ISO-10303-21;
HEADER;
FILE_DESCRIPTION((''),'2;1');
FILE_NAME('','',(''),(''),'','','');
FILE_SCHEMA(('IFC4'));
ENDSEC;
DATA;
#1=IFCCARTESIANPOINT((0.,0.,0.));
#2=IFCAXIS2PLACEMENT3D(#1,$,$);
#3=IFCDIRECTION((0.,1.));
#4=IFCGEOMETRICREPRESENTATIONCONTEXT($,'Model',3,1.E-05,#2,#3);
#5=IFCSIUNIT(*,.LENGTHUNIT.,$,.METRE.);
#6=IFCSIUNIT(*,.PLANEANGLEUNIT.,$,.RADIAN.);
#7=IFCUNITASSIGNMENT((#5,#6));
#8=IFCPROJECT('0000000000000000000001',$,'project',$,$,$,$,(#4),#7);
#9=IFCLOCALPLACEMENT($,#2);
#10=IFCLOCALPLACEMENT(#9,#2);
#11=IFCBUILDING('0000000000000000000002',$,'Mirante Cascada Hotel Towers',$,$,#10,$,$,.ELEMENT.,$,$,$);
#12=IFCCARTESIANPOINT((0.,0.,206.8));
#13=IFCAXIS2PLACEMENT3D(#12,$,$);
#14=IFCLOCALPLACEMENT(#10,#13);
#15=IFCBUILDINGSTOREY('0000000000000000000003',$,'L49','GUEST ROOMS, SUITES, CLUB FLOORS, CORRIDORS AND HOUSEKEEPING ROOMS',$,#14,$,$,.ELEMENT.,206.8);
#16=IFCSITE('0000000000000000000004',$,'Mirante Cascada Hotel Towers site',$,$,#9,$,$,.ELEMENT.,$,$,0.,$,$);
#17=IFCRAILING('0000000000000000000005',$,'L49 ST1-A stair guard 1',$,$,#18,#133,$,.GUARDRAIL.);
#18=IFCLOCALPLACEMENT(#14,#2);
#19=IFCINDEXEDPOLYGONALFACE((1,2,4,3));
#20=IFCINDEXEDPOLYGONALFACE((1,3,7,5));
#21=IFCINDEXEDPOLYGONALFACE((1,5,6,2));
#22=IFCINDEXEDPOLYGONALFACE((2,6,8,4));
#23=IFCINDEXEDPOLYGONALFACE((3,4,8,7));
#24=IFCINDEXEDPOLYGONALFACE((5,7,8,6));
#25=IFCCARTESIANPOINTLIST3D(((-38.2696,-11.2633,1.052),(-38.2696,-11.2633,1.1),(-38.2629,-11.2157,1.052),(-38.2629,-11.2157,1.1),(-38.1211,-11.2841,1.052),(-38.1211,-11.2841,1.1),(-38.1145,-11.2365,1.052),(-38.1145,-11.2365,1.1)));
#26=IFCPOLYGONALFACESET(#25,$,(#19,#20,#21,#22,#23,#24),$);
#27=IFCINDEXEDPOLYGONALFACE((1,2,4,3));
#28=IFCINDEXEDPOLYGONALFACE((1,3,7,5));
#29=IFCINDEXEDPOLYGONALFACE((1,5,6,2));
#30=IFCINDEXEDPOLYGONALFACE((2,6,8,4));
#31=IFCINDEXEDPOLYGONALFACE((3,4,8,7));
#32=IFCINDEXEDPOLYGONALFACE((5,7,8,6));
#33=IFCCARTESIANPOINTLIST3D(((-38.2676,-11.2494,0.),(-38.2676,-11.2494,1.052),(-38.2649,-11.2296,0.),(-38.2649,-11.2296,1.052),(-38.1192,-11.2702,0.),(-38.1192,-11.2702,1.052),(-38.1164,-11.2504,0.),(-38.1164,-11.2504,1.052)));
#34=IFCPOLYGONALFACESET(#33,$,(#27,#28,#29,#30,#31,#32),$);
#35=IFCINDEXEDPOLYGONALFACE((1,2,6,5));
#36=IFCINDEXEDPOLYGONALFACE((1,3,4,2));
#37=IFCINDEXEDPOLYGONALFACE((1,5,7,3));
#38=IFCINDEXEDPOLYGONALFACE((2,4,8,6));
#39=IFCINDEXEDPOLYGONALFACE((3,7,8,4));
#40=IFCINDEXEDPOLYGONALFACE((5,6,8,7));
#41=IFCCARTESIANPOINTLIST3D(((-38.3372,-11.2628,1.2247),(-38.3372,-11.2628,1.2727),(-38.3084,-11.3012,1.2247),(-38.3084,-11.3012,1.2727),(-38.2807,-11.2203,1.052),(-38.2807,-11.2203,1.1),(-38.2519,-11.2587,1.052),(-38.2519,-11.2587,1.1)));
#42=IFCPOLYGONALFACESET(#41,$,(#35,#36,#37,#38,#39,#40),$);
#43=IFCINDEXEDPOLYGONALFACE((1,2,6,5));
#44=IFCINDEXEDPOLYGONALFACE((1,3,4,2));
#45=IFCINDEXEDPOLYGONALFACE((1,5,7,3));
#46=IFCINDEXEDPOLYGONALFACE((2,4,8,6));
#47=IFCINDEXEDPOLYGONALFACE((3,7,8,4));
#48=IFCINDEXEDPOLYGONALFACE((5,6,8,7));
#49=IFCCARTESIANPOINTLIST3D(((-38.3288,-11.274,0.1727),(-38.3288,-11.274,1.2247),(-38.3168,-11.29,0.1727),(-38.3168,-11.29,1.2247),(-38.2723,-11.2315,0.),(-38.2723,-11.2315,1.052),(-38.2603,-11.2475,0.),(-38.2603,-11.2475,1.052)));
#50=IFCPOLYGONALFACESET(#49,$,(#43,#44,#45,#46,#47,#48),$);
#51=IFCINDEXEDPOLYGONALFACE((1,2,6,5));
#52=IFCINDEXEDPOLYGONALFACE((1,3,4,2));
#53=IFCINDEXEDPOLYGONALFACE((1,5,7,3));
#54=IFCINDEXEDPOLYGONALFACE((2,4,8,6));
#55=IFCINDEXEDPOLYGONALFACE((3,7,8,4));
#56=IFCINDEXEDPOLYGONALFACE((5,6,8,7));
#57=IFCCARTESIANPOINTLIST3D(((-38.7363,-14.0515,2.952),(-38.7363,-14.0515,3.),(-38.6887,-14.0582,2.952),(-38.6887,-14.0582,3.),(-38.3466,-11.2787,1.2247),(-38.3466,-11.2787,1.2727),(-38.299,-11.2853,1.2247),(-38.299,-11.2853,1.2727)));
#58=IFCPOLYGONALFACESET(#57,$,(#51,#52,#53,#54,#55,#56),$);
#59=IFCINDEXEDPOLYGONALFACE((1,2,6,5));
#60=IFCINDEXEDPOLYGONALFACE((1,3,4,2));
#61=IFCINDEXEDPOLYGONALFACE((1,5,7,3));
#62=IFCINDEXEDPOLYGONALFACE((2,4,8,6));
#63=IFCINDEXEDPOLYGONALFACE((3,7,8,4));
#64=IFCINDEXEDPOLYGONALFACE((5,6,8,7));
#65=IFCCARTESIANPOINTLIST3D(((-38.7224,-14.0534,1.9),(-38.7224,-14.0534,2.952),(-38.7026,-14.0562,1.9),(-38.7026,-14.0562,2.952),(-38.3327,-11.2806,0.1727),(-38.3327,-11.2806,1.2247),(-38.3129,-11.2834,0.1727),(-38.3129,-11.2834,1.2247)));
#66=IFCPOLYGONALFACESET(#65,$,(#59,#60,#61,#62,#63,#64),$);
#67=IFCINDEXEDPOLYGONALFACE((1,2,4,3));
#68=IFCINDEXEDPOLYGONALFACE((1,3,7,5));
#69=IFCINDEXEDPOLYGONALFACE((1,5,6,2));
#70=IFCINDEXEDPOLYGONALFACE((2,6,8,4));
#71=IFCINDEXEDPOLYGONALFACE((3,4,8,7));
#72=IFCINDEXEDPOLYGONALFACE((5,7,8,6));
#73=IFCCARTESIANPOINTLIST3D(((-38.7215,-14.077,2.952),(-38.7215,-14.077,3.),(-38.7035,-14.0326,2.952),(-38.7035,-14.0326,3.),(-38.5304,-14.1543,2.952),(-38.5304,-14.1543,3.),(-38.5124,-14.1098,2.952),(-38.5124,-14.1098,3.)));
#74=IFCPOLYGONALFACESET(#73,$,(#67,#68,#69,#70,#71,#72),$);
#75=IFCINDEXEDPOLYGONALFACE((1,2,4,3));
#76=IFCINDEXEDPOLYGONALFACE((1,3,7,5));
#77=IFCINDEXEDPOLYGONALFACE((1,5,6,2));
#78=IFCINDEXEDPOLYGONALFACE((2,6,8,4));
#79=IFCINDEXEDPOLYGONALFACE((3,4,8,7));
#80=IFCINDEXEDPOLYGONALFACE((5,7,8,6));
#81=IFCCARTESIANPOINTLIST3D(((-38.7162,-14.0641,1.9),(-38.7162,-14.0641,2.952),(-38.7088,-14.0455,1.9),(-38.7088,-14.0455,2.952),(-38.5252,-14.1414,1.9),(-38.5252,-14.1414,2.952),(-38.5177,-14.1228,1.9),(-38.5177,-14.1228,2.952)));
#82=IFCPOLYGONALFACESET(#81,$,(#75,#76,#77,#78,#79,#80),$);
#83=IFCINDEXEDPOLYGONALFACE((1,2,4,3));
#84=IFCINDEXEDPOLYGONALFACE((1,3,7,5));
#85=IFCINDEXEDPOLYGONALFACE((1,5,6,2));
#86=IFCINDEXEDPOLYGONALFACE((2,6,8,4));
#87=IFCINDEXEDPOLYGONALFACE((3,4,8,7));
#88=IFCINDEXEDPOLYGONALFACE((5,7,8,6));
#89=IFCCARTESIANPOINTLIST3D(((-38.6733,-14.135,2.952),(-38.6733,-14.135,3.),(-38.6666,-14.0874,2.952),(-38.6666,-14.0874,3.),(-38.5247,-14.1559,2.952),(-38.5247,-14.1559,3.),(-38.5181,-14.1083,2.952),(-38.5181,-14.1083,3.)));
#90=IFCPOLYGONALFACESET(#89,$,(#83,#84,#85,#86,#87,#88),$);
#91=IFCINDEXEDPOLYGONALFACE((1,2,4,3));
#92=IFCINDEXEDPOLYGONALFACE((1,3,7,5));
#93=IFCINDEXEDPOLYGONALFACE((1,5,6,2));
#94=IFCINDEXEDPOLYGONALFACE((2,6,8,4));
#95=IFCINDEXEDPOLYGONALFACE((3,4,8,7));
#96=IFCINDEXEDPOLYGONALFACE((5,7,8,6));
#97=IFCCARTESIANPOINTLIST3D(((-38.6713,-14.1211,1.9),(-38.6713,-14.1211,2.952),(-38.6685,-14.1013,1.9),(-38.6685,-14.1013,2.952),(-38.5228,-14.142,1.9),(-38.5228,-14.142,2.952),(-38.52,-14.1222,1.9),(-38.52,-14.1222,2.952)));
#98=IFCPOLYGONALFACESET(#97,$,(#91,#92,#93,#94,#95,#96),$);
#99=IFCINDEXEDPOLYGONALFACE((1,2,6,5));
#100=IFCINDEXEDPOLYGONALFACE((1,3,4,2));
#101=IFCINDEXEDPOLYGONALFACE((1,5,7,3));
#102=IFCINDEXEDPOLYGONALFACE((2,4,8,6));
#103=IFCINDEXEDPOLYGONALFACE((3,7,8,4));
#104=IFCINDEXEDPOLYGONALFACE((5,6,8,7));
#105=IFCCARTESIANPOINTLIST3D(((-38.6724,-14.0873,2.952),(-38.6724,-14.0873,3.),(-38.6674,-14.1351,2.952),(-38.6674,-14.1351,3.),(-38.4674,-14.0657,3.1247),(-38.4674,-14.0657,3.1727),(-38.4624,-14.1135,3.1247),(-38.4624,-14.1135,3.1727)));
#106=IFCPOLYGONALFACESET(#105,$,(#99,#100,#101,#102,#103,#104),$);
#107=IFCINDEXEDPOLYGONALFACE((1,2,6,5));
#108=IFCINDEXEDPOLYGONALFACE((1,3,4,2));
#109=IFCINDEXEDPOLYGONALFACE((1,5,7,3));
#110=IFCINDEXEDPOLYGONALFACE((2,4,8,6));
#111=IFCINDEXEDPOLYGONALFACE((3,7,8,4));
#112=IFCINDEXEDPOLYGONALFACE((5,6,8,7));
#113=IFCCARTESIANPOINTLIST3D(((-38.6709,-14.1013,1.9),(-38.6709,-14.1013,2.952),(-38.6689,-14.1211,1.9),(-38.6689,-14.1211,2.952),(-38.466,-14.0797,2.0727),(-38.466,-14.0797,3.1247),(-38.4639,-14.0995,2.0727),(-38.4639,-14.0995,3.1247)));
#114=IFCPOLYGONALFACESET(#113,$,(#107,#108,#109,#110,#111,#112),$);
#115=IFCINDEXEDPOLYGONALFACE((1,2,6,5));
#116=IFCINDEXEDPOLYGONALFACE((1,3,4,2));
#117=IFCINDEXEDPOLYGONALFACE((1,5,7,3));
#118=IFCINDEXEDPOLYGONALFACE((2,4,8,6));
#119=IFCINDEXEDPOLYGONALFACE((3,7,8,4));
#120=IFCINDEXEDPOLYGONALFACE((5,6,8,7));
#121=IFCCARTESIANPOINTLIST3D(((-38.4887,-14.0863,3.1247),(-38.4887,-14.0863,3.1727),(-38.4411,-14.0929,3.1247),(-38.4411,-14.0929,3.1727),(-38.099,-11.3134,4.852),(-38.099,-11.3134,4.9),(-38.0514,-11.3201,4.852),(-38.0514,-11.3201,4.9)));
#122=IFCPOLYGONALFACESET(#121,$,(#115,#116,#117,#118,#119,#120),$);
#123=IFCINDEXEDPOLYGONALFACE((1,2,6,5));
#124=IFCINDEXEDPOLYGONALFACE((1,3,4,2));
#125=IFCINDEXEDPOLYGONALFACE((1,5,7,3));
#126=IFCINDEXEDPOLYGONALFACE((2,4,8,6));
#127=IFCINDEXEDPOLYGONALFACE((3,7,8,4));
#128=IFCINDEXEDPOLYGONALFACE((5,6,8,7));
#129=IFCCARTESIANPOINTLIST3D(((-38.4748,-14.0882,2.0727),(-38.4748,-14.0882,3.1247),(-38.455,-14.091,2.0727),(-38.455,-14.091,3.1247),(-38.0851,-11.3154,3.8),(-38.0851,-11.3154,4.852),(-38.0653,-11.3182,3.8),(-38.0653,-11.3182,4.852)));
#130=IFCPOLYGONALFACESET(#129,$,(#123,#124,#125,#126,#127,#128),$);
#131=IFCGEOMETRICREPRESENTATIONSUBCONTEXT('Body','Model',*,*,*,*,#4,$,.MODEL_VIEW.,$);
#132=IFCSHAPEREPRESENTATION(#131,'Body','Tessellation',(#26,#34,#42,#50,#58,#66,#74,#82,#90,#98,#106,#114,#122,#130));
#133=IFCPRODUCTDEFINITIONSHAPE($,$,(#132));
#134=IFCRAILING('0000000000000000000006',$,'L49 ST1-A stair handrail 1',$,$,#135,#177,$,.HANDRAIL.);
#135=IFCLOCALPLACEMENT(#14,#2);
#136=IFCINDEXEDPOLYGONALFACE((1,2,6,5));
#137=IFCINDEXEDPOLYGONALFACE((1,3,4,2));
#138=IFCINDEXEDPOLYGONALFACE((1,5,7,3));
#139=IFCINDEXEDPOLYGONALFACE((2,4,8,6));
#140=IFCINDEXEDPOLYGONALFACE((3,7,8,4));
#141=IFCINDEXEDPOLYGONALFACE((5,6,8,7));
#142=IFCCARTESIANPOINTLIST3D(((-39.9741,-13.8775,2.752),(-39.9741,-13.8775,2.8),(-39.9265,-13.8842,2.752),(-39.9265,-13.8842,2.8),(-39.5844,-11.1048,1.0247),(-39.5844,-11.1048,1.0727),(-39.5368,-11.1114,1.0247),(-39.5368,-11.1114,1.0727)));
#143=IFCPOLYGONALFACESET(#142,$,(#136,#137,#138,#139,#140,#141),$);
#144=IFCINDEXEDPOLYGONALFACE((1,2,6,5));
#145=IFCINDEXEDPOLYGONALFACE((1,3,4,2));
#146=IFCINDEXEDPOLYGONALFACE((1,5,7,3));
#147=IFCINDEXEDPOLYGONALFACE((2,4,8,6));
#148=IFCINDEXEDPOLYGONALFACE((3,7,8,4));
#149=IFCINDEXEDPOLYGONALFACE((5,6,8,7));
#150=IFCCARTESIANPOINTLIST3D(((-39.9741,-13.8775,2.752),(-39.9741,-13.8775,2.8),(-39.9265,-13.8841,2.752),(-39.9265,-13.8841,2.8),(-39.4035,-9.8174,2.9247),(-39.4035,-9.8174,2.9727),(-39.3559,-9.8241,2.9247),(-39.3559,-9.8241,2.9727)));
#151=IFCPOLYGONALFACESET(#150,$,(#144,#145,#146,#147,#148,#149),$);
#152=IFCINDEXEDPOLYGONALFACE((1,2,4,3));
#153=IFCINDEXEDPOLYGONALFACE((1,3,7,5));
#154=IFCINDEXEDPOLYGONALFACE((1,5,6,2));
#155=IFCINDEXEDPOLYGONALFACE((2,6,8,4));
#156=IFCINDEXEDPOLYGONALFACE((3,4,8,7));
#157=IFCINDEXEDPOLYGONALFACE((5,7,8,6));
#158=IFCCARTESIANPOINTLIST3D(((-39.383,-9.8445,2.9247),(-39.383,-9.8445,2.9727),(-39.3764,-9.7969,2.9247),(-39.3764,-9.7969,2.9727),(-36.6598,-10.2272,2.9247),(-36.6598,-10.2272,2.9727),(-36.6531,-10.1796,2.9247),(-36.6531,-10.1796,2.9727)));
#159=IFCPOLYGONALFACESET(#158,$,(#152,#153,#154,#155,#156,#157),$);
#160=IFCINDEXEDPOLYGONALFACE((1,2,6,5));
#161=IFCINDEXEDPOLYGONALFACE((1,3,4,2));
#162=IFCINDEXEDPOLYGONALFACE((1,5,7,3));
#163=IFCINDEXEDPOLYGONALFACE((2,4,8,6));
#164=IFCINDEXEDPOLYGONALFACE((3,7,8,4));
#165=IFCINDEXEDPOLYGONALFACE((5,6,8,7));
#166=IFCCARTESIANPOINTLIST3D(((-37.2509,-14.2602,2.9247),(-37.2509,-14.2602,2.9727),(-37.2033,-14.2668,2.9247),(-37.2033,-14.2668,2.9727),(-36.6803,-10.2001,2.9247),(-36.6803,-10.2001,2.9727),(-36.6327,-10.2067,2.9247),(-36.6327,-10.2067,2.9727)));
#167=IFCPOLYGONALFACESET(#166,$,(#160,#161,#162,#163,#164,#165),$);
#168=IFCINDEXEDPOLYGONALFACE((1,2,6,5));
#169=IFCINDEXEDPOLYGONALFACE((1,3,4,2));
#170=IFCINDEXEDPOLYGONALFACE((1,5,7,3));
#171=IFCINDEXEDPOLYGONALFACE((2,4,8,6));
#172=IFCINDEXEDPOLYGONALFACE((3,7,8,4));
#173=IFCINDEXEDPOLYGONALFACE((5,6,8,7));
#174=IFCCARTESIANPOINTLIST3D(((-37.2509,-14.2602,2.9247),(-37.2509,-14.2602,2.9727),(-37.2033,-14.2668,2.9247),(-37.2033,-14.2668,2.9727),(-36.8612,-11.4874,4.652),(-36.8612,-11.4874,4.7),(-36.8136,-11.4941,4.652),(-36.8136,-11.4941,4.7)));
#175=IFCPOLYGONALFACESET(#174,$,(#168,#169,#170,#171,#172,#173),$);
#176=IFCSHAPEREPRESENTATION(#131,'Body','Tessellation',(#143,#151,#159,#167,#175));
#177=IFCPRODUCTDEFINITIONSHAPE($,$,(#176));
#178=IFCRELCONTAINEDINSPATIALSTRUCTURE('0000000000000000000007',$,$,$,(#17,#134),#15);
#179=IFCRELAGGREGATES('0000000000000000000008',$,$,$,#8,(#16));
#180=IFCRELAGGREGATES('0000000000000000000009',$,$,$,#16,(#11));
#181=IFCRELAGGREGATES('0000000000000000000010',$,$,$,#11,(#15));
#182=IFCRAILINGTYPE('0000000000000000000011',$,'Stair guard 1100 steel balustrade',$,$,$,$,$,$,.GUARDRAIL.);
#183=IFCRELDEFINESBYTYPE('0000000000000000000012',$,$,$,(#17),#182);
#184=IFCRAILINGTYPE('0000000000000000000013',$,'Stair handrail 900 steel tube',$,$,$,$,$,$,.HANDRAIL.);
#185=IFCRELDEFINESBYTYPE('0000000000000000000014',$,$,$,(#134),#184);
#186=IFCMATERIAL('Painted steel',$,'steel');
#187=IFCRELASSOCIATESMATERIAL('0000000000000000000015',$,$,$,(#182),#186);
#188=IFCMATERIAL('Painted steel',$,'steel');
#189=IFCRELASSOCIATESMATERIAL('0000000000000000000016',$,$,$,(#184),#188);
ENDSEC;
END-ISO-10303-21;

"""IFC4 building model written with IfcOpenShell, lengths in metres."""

from ifc_helpers import new_model, si_unit, direction, frame, origin, origin_2d, place, context, subcontext, project, spatial, rectangle, extrude, material, type_object, element, save


model = new_model("IFC4")

# Units and contexts
model_context = context("Model", 3, precision=1e-05, world=origin(), true_north=direction((0.0, 1.0)))
body_context = subcontext(model_context, "Body", "Model", "MODEL_VIEW")
ifc_project = project(units=[si_unit("LENGTHUNIT", "METRE"), si_unit("PLANEANGLEUNIT", "RADIAN")], contexts=[model_context])

# Site, building, storey
site_placement = place(None, origin())
site = spatial("IfcSite", under=ifc_project, at=site_placement, Name="Mirante Cascada Hotel Towers site", CompositionType="ELEMENT", RefElevation=0.0)
building_placement = place(site_placement, origin())
building = spatial("IfcBuilding", under=site, at=building_placement, Name="Mirante Cascada Hotel Towers", CompositionType="ELEMENT")
storey_placement = place(building_placement, frame((0.0, 0.0, 206.8)))
storey = spatial("IfcBuildingStorey", under=building, at=storey_placement, Name="L49", Description="GUEST ROOMS, SUITES, CLUB FLOORS, CORRIDORS AND HOUSEKEEPING ROOMS", CompositionType="ELEMENT", Elevation=206.8)

# Railings
ifc_material_1 = material(Name="Painted steel", Category="steel")
railing_type_1 = type_object("IfcRailingType", Name="Stair guard 1100 steel balustrade", PredefinedType="GUARDRAIL", material=ifc_material_1)
railing_1_placement = place(storey_placement, frame((-38.1178, -11.2603, 0.0)))
element("IfcRailing", 1, at=railing_1_placement, inside=storey, type_object=railing_type_1, Name="L49 ST1-A stair guard 1", PredefinedType="GUARDRAIL", context=body_context, shape_type="SweptSolid", body=[
    extrude(rectangle(XDim=0.048, YDim=0.048, at=origin_2d()), frame((0.0, 0.0, 1.076), z_axis=(-0.990333, 0.138713, 0.0), x_axis=(-0.138713, -0.990333, 0.0)), (0.0, 0.0, 1.0), 0.1499),
    extrude(rectangle(XDim=0.02, YDim=1.052, at=origin_2d()), frame((0.0, 0.0, 0.526), z_axis=(-0.990333, 0.138713, 0.0), x_axis=(-0.138713, -0.990333, 0.0)), (0.0, 0.0, 1.0), 0.1499),
    extrude(rectangle(XDim=0.048, YDim=0.048, at=origin_2d()), frame((-0.1485, 0.0208, 1.076), z_axis=(-0.79915, -0.601131, 0.0), x_axis=(0.601131, -0.79915, 0.0)), (0.0, 0.925453, 0.378863), 0.1866),
    extrude(rectangle(XDim=0.02, YDim=1.052, at=origin_2d()), frame((-0.1485, 0.0208, 0.526), z_axis=(-0.79915, -0.601131, 0.0), x_axis=(0.601131, -0.79915, 0.0)), (0.0, 0.925453, 0.378863), 0.1866),
    extrude(rectangle(XDim=0.048, YDim=0.048, at=origin_2d()), frame((-0.205, -0.0217, 1.2487), z_axis=(-0.139176, -0.990268, 0.0), x_axis=(0.990268, -0.139176, 0.0)), (0.0, 0.525021, 0.851089), 3.29),
    extrude(rectangle(XDim=0.02, YDim=1.052, at=origin_2d()), frame((-0.205, -0.0217, 0.6987), z_axis=(-0.139176, -0.990268, 0.0), x_axis=(0.990268, -0.139176, 0.0)), (0.0, 0.525021, 0.851089), 3.29),
    extrude(rectangle(XDim=0.048, YDim=0.048, at=origin_2d()), frame((-0.5947, -2.7945, 2.976), z_axis=(0.927031, -0.374984, 0.0), x_axis=(0.374984, 0.927031, 0.0)), (0.0, 0.0, 1.0), 0.2061),
    extrude(rectangle(XDim=0.02, YDim=1.052, at=origin_2d()), frame((-0.5947, -2.7945, 2.426), z_axis=(0.927031, -0.374984, 0.0), x_axis=(0.374984, 0.927031, 0.0)), (0.0, 0.0, 1.0), 0.2061),
    extrude(rectangle(XDim=0.048, YDim=0.048, at=origin_2d()), frame((-0.4036, -2.8718, 2.976), z_axis=(-0.990241, 0.139367, 0.0), x_axis=(-0.139367, -0.990241, 0.0)), (0.0, 0.0, 1.0), 0.15),
    extrude(rectangle(XDim=0.02, YDim=1.052, at=origin_2d()), frame((-0.4036, -2.8718, 2.426), z_axis=(-0.990241, 0.139367, 0.0), x_axis=(-0.139367, -0.990241, 0.0)), (0.0, 0.0, 1.0), 0.15),
    extrude(rectangle(XDim=0.048, YDim=0.048, at=origin_2d()), frame((-0.5521, -2.8509, 2.976), z_axis=(0.994495, 0.104786, 0.0), x_axis=(-0.104786, 0.994495, 0.0)), (0.0, 0.642203, 0.766534), 0.2689),
    extrude(rectangle(XDim=0.02, YDim=1.052, at=origin_2d()), frame((-0.5521, -2.8509, 2.426), z_axis=(0.994495, 0.104786, 0.0), x_axis=(-0.104786, 0.994495, 0.0)), (0.0, 0.642203, 0.766534), 0.2689),
    extrude(rectangle(XDim=0.048, YDim=0.048, at=origin_2d()), frame((-0.3471, -2.8293, 3.1487), z_axis=(0.139176, 0.990268, 0.0), x_axis=(-0.990268, 0.139176, 0.0)), (0.0, 0.525021, 0.851089), 3.29),
    extrude(rectangle(XDim=0.02, YDim=1.052, at=origin_2d()), frame((-0.3471, -2.8293, 2.5987), z_axis=(0.139176, 0.990268, 0.0), x_axis=(-0.990268, 0.139176, 0.0)), (0.0, 0.525021, 0.851089), 3.29),
])
ifc_material_2 = material(Name="Painted steel", Category="steel")
railing_type_2 = type_object("IfcRailingType", Name="Stair handrail 900 steel tube", PredefinedType="HANDRAIL", material=ifc_material_2)
railing_2_placement = place(storey_placement, frame((-39.5606, -11.1081, 0.1727)))
element("IfcRailing", 2, at=railing_2_placement, inside=storey, type_object=railing_type_2, Name="L49 ST1-A stair handrail 1", PredefinedType="HANDRAIL", context=body_context, shape_type="SweptSolid", body=[
    extrude(rectangle(XDim=0.048, YDim=0.048, at=origin_2d()), frame((0.0, 0.0, 0.876), z_axis=(-0.139181, -0.990267, 0.0), x_axis=(0.990267, -0.139181, 0.0)), (0.0, 0.525035, 0.851081), 3.2899),
    extrude(rectangle(XDim=0.048, YDim=0.048, at=origin_2d()), frame((-0.3897, -2.7727, 2.6033), z_axis=(0.139171, 0.990268, 0.0), x_axis=(-0.990268, 0.139171, 0.0)), (0.0, 0.042085, 0.999114), 4.1036),
    extrude(rectangle(XDim=0.048, YDim=0.048, at=origin_2d()), frame((0.1809, 1.2874, 2.776), z_axis=(0.990269, -0.139166, 0.0), x_axis=(0.139166, 0.990269, 0.0)), (0.0, 0.0, 1.0), 2.75),
    extrude(rectangle(XDim=0.048, YDim=0.048, at=origin_2d()), frame((2.9041, 0.9047, 2.776), z_axis=(-0.139171, -0.990268, 0.0), x_axis=(0.990268, -0.139171, 0.0)), (0.0, 0.0, 1.0), 4.1),
    extrude(rectangle(XDim=0.048, YDim=0.048, at=origin_2d()), frame((2.3335, -3.1554, 2.776), z_axis=(0.139181, 0.990267, 0.0), x_axis=(-0.990267, 0.139181, 0.0)), (0.0, 0.525035, 0.851081), 3.2899),
])

save(model, "model.ifc")
